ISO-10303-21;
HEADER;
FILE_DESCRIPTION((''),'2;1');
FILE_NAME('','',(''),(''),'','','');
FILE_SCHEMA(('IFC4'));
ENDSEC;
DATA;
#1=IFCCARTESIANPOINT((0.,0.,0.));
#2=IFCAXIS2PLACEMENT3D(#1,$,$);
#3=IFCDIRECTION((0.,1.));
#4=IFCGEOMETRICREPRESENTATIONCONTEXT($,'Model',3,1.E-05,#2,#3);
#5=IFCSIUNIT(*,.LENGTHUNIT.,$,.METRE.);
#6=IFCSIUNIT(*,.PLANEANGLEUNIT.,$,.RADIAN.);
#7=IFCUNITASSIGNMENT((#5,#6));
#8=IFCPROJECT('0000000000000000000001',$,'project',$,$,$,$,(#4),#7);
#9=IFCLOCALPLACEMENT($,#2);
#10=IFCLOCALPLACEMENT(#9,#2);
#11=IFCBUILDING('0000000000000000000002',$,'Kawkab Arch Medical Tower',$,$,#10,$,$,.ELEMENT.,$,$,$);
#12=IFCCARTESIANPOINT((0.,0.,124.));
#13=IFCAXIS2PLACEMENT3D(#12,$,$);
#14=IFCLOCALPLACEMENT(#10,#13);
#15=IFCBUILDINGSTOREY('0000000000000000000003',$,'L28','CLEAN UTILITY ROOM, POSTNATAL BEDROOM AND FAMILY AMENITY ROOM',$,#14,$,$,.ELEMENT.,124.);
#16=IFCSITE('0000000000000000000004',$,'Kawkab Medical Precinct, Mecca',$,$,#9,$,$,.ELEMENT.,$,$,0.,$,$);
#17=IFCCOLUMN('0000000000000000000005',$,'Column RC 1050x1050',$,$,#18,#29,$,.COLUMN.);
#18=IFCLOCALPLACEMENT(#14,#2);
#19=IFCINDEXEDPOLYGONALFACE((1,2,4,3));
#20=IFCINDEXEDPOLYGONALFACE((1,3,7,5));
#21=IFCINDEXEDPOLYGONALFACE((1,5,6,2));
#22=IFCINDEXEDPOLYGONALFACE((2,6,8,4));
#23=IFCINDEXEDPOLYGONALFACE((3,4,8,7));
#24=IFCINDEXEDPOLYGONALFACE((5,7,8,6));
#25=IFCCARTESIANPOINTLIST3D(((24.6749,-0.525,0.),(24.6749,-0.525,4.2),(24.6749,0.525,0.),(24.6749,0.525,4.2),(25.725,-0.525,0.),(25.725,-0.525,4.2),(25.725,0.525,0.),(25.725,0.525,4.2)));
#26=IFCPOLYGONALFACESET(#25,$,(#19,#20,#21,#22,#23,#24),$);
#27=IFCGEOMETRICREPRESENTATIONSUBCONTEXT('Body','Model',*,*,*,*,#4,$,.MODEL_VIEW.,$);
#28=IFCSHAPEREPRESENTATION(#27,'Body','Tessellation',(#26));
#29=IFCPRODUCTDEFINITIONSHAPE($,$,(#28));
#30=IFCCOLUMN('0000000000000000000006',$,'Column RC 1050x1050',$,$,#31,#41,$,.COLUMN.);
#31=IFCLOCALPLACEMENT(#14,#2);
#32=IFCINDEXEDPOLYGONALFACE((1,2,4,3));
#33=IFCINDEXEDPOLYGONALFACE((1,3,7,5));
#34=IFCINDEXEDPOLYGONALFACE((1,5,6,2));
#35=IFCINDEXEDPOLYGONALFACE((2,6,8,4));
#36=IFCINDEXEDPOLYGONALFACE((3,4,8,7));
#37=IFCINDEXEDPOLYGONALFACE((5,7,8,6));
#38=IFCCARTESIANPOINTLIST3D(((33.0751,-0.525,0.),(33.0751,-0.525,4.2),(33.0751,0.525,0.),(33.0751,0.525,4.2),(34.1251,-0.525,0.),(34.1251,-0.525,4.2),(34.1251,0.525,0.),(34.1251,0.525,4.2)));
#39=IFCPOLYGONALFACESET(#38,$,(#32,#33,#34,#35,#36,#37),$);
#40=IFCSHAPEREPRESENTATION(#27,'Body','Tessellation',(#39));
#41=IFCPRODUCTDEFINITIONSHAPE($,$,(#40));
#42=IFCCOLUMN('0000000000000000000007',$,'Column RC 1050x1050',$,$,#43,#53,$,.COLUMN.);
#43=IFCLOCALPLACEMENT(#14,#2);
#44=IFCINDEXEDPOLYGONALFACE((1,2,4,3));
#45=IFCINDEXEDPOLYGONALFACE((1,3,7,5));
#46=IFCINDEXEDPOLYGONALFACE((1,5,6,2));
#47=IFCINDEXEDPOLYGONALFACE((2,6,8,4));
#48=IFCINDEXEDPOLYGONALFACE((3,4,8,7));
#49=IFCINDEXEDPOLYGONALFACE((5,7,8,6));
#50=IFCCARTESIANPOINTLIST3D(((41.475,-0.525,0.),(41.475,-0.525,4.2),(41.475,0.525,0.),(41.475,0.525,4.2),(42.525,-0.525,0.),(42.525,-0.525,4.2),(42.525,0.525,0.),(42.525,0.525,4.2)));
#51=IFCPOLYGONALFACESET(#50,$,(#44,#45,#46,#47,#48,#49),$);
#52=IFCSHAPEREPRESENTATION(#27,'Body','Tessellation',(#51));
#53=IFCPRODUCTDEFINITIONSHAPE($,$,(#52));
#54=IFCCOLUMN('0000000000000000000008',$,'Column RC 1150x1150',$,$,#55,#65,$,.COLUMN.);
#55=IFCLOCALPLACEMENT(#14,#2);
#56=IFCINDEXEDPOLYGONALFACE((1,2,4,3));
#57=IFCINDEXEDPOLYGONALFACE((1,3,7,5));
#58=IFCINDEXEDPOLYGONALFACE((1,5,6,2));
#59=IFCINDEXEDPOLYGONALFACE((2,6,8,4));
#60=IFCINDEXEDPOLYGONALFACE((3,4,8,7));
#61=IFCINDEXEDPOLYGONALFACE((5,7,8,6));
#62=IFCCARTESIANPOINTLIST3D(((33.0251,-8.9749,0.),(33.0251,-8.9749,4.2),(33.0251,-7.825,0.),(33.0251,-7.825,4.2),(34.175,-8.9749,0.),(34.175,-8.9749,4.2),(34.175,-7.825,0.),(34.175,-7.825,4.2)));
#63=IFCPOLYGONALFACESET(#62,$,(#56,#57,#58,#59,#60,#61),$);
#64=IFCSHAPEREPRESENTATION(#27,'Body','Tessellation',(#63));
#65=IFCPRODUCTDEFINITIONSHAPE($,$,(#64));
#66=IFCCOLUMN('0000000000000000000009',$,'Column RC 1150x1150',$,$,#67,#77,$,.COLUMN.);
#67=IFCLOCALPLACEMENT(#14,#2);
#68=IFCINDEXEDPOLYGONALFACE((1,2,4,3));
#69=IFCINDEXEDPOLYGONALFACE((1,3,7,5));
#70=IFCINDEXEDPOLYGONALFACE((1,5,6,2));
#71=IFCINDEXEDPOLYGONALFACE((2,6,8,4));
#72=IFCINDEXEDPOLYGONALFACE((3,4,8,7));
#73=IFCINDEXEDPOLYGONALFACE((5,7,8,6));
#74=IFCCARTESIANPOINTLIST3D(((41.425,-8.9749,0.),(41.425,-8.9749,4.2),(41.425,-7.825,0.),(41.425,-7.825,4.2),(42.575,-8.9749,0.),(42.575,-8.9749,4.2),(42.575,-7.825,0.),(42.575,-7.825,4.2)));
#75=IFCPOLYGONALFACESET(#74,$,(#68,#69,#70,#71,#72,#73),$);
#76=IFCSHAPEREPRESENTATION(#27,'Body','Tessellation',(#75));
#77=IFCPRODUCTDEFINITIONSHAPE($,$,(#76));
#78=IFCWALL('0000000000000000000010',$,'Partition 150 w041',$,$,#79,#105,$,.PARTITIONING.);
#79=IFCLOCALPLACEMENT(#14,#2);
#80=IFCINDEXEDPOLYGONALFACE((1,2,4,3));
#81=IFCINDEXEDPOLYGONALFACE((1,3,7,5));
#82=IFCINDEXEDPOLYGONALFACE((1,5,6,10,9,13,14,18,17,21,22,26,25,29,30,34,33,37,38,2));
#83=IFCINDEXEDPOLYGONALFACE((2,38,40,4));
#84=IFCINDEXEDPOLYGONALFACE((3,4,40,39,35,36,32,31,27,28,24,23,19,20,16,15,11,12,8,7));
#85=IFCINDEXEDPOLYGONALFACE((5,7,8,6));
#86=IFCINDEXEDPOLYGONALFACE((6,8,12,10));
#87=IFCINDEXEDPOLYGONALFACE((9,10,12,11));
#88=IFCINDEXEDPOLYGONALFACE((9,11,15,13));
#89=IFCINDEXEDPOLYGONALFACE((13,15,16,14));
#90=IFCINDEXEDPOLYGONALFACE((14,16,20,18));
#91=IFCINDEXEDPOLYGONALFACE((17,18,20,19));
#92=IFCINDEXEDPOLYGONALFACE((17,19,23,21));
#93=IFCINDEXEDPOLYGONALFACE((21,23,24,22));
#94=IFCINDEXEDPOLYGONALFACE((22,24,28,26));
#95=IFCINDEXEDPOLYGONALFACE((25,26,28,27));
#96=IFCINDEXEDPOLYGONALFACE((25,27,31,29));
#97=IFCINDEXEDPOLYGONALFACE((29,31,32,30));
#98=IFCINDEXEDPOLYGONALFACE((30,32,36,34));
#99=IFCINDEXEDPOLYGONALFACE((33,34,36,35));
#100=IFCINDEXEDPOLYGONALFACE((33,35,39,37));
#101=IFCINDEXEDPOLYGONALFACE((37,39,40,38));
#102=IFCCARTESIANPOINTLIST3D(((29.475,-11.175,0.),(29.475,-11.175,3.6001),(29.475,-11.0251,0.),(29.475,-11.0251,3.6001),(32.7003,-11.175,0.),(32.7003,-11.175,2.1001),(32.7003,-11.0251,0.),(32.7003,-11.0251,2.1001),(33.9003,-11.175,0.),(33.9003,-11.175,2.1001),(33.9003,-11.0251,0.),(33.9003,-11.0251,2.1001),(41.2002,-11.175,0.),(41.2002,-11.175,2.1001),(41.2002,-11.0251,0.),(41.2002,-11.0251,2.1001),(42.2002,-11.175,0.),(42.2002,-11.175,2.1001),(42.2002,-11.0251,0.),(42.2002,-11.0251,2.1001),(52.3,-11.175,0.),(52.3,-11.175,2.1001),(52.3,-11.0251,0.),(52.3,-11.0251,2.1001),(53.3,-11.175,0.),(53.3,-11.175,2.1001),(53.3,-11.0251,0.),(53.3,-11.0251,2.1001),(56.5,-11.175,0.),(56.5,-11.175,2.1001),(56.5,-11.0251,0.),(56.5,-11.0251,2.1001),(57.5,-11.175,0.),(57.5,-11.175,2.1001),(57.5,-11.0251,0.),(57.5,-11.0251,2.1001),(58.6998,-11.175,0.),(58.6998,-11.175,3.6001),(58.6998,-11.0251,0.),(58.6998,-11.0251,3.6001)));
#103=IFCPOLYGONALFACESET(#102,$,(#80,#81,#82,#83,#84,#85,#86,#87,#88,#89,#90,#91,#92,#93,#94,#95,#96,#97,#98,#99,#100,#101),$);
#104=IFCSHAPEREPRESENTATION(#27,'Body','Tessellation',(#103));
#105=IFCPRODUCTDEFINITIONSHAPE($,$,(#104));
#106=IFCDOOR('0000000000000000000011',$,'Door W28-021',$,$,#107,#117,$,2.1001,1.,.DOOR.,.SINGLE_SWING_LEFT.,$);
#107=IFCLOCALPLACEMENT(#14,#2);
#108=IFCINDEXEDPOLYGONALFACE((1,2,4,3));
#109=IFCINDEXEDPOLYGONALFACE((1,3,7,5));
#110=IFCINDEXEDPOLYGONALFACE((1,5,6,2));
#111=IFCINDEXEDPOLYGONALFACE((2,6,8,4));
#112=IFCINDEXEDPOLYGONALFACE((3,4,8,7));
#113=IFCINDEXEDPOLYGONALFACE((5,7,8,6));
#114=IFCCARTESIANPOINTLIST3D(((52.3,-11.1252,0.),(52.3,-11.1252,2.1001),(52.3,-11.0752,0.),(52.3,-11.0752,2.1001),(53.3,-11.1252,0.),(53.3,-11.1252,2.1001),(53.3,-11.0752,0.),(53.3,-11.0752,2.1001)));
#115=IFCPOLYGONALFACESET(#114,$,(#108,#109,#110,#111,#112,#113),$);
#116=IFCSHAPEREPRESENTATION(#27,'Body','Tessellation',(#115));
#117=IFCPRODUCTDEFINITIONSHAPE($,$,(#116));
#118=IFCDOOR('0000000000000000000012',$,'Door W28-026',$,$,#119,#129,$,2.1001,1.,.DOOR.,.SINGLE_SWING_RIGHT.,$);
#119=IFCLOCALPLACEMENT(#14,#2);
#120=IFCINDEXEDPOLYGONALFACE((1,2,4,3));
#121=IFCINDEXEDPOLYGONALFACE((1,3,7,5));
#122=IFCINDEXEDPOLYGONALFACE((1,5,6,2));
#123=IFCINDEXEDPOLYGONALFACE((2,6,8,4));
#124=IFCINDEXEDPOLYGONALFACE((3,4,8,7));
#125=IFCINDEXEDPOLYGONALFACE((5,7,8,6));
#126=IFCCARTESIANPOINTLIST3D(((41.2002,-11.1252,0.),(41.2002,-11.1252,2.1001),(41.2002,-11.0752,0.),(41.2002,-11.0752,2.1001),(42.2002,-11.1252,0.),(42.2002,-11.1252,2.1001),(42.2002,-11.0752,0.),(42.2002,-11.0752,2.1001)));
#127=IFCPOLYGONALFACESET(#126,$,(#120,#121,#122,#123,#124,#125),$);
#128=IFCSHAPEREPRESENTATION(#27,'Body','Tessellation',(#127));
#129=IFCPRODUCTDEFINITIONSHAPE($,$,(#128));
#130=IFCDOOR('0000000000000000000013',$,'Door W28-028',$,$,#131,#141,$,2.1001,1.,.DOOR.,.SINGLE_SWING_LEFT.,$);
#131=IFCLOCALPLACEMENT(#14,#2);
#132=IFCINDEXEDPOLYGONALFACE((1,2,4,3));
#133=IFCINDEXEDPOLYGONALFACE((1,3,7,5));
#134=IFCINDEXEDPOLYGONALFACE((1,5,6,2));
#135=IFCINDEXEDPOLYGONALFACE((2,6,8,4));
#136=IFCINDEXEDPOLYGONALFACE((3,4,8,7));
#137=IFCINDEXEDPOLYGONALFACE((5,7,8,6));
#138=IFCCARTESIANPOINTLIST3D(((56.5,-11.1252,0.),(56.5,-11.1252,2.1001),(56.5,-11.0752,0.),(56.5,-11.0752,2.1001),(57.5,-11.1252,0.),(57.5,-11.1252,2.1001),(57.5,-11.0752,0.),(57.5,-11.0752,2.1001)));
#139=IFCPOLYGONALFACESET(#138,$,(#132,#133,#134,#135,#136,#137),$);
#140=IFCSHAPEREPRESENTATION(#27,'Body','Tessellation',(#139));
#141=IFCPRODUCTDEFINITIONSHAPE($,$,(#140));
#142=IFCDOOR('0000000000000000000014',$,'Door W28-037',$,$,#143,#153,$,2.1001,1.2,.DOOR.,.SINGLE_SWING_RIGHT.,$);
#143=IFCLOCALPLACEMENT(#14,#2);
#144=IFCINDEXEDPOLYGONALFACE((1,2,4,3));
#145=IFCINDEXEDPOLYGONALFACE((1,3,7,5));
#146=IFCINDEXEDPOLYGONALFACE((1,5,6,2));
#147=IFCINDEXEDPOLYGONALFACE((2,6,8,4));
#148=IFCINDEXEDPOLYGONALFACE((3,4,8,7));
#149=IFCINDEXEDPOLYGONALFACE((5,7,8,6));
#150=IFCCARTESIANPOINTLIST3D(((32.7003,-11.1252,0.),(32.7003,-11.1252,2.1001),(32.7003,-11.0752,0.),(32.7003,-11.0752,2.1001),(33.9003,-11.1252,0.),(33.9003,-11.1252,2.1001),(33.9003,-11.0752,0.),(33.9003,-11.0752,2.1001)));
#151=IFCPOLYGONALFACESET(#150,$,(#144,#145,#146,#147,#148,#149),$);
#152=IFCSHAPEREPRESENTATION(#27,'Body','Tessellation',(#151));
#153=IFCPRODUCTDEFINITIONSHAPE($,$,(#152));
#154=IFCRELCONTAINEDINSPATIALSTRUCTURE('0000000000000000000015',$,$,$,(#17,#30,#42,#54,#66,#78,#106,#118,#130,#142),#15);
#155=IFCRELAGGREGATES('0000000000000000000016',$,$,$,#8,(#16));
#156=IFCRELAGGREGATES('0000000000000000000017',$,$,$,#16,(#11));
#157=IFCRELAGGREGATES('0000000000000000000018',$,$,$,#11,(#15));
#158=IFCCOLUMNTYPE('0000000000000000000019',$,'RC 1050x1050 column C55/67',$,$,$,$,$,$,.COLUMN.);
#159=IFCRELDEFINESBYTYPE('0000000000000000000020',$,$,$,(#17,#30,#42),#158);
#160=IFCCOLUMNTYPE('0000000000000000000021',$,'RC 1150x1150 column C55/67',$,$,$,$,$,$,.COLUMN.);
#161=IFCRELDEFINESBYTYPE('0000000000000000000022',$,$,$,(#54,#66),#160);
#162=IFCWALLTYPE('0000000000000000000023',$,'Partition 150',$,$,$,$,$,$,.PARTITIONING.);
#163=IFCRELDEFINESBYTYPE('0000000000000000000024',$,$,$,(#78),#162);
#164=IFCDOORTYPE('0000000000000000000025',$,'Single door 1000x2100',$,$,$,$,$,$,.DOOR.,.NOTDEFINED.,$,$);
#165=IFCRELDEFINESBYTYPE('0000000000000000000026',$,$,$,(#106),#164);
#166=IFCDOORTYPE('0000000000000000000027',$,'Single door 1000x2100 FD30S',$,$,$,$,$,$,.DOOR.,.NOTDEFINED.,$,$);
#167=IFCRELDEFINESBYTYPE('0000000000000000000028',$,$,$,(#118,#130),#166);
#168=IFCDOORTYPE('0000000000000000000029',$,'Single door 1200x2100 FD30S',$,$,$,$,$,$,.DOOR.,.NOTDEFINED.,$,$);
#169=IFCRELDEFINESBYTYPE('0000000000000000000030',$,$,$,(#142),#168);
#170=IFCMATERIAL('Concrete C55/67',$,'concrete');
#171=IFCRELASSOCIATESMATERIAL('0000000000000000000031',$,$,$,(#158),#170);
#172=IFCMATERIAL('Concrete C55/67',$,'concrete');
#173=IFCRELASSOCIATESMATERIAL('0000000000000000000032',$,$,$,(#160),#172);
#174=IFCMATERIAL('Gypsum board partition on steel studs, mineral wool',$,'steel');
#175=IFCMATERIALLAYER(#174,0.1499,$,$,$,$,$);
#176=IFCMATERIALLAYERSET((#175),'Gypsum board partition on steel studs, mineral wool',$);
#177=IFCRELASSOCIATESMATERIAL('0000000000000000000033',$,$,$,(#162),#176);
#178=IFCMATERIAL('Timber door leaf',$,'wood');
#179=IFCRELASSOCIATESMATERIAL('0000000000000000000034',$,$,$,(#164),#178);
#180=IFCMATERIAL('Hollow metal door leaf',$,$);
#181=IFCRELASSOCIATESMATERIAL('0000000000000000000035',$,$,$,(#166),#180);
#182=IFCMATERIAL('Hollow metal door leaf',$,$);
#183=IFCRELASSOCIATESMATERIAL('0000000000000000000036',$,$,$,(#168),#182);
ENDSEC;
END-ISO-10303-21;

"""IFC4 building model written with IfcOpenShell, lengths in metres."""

from ifc_helpers import new_model, si_unit, direction, frame, frame_2d, origin, origin_2d, place, context, subcontext, project, spatial, rectangle, extrude, material, layer, layer_set, material_profile, profile_set, type_object, element, fill, save


model = new_model("IFC4")

# Units and contexts
model_context = context("Model", 3, precision=1e-05, world=origin(), true_north=direction((0.0, 1.0)))
body_context = subcontext(model_context, "Body", "Model", "MODEL_VIEW")
ifc_project = project(units=[si_unit("LENGTHUNIT", "METRE"), si_unit("PLANEANGLEUNIT", "RADIAN")], contexts=[model_context])

# Site, building, storey
site_placement = place(None, origin())
site = spatial("IfcSite", under=ifc_project, at=site_placement, Name="Kawkab Medical Precinct, Mecca", CompositionType="ELEMENT", RefElevation=0.0)
building_placement = place(site_placement, origin())
building = spatial("IfcBuilding", under=site, at=building_placement, Name="Kawkab Arch Medical Tower", CompositionType="ELEMENT")
storey_placement = place(building_placement, frame((0.0, 0.0, 124.0)))
storey = spatial("IfcBuildingStorey", under=building, at=storey_placement, Name="L28", Description="CLEAN UTILITY ROOM, POSTNATAL BEDROOM AND FAMILY AMENITY ROOM", CompositionType="ELEMENT", Elevation=124.0)

# Columns
ifc_material_1 = material(Name="Concrete C55/67", Category="concrete")
ifc_material_profile_1 = material_profile(ifc_material_1, rectangle(XDim=1.05, YDim=1.05, at=origin_2d()), Name="RC 1050x1050")
ifc_profile_set_1 = profile_set([ifc_material_profile_1], Name="Concrete C55/67")
column_type_1 = type_object("IfcColumnType", Name="RC 1050x1050 column C55/67", PredefinedType="COLUMN", material=ifc_profile_set_1)
for number, where, z_axis, x_axis, name in (
    (1, (25.2, 0.0, 0.0), (0.0, 0.0, 1.0), (1.0, 0.0, 0.0), "Column RC 1050x1050"),
    (2, (33.6001, 0.0, 0.0), (0.0, 0.0, 1.0), (1.0, 0.0, 0.0), "Column RC 1050x1050"),
    (3, (42.0, 0.0, 0.0), (0.0, 0.0, 1.0), (1.0, 0.0, 0.0), "Column RC 1050x1050"),
):
    element("IfcColumn", number, at=place(storey_placement, frame(where, z_axis=z_axis, x_axis=x_axis)), inside=storey, type_object=column_type_1, Name=name, PredefinedType="COLUMN", context=body_context, shape_type="SweptSolid", body=[
        extrude(rectangle(XDim=1.05, YDim=1.05, at=origin_2d()), origin(), (0.0, 0.0, 1.0), 4.2),
    ])
ifc_material_2 = material(Name="Concrete C55/67", Category="concrete")
ifc_material_profile_2 = material_profile(ifc_material_2, rectangle(XDim=1.1499, YDim=1.1499, at=origin_2d()), Name="RC 1150x1150")
ifc_profile_set_2 = profile_set([ifc_material_profile_2], Name="Concrete C55/67")
column_type_2 = type_object("IfcColumnType", Name="RC 1150x1150 column C55/67", PredefinedType="COLUMN", material=ifc_profile_set_2)
for number, where, z_axis, x_axis, name in (
    (4, (33.6001, -8.3999, 0.0), (0.0, 0.0, 1.0), (1.0, 0.0, 0.0), "Column RC 1150x1150"),
    (5, (42.0, -8.3999, 0.0), (0.0, 0.0, 1.0), (1.0, 0.0, 0.0), "Column RC 1150x1150"),
):
    element("IfcColumn", number, at=place(storey_placement, frame(where, z_axis=z_axis, x_axis=x_axis)), inside=storey, type_object=column_type_2, Name=name, PredefinedType="COLUMN", context=body_context, shape_type="SweptSolid", body=[
        extrude(rectangle(XDim=1.1499, YDim=1.1499, at=origin_2d()), origin(), (0.0, 0.0, 1.0), 4.2),
    ])

# Wall, openings, doors
ifc_material_3 = material(Name="Gypsum board partition on steel studs, mineral wool", Category="steel")
ifc_layer = layer(ifc_material_3, 0.1499)
ifc_layer_set = layer_set([ifc_layer], Name="Gypsum board partition on steel studs, mineral wool")
wall_type = type_object("IfcWallType", Name="Partition 150", PredefinedType="PARTITIONING", material=ifc_layer_set)
wall_1_placement = place(storey_placement, frame((29.4751, -11.1001, 0.0), z_axis=(0.0, 0.0, 1.0), x_axis=(1.0, 0.0, 0.0)))
wall_1 = element("IfcWall", 6, at=wall_1_placement, inside=storey, type_object=wall_type, Name="Partition 150 w041", PredefinedType="PARTITIONING", context=body_context, shape_type="SweptSolid", body=[
    extrude(rectangle(XDim=29.2249, YDim=0.1499, at=frame_2d((14.6123, 0.0))), origin(), (0.0, 0.0, 1.0), 3.6001),
])
opening_1_placement = place(wall_1_placement, frame((3.2251, 0.0, 0.0)))
opening_1 = element("IfcOpeningElement", 7, at=opening_1_placement, cuts=wall_1, PredefinedType="OPENING", context=body_context, shape_type="SweptSolid", body=[
    extrude(rectangle(XDim=1.2, YDim=2.1001, at=frame_2d((0.6001, 1.05))), frame((0.0, 0.085, 0.0), z_axis=(0.0, -1.0, 0.0), x_axis=(1.0, 0.0, 0.0)), (0.0, 0.0, 1.0), 0.1699),
])
opening_2_placement = place(wall_1_placement, frame((11.7251, 0.0, 0.0)))
opening_2 = element("IfcOpeningElement", 8, at=opening_2_placement, cuts=wall_1, PredefinedType="OPENING", context=body_context, shape_type="SweptSolid", body=[
    extrude(rectangle(XDim=1.0, YDim=2.1001, at=frame_2d((0.5, 1.05))), frame((0.0, 0.085, 0.0), z_axis=(0.0, -1.0, 0.0), x_axis=(1.0, 0.0, 0.0)), (0.0, 0.0, 1.0), 0.1699),
])
opening_3_placement = place(wall_1_placement, frame((22.825, 0.0, 0.0)))
opening_3 = element("IfcOpeningElement", 9, at=opening_3_placement, cuts=wall_1, PredefinedType="OPENING", context=body_context, shape_type="SweptSolid", body=[
    extrude(rectangle(XDim=1.0, YDim=2.1001, at=frame_2d((0.5, 1.05))), frame((0.0, 0.085, 0.0), z_axis=(0.0, -1.0, 0.0), x_axis=(1.0, 0.0, 0.0)), (0.0, 0.0, 1.0), 0.1699),
])
opening_4_placement = place(wall_1_placement, frame((27.0249, 0.0, 0.0)))
opening_4 = element("IfcOpeningElement", 10, at=opening_4_placement, cuts=wall_1, PredefinedType="OPENING", context=body_context, shape_type="SweptSolid", body=[
    extrude(rectangle(XDim=1.0, YDim=2.1001, at=frame_2d((0.5, 1.05))), frame((0.0, 0.085, 0.0), z_axis=(0.0, -1.0, 0.0), x_axis=(1.0, 0.0, 0.0)), (0.0, 0.0, 1.0), 0.1699),
])
ifc_material_4 = material(Name="Timber door leaf", Category="wood")
door_type_1 = type_object("IfcDoorType", Name="Single door 1000x2100", OperationType="NOTDEFINED", PredefinedType="DOOR", material=ifc_material_4)
door_1_placement = place(opening_3_placement, origin())
door_1 = element("IfcDoor", 11, at=door_1_placement, inside=storey, type_object=door_type_1, Name="Door W28-021", OperationType="SINGLE_SWING_LEFT", OverallHeight=2.1001, OverallWidth=1.0, PredefinedType="DOOR", context=body_context, shape_type="SweptSolid", body=[
    extrude(rectangle(XDim=1.0, YDim=2.1001, at=frame_2d((0.5, 1.05))), frame((0.0, 0.0249, 0.0), z_axis=(0.0, -1.0, 0.0), x_axis=(1.0, 0.0, 0.0)), (0.0, 0.0, 1.0), 0.05),
])
fill(opening_3, door_1)
ifc_material_5 = material(Name="Hollow metal door leaf")
door_type_2 = type_object("IfcDoorType", Name="Single door 1000x2100 FD30S", OperationType="NOTDEFINED", PredefinedType="DOOR", material=ifc_material_5)
door_2_placement = place(opening_2_placement, origin())
door_2 = element("IfcDoor", 12, at=door_2_placement, inside=storey, type_object=door_type_2, Name="Door W28-026", OperationType="SINGLE_SWING_RIGHT", OverallHeight=2.1001, OverallWidth=1.0, PredefinedType="DOOR", context=body_context, shape_type="SweptSolid", body=[
    extrude(rectangle(XDim=1.0, YDim=2.1001, at=frame_2d((0.5, 1.05))), frame((0.0, 0.0249, 0.0), z_axis=(0.0, -1.0, 0.0), x_axis=(1.0, 0.0, 0.0)), (0.0, 0.0, 1.0), 0.05),
])
fill(opening_2, door_2)
door_3_placement = place(opening_4_placement, origin())
door_3 = element("IfcDoor", 13, at=door_3_placement, inside=storey, type_object=door_type_2, Name="Door W28-028", OperationType="SINGLE_SWING_LEFT", OverallHeight=2.1001, OverallWidth=1.0, PredefinedType="DOOR", context=body_context, shape_type="SweptSolid", body=[
    extrude(rectangle(XDim=1.0, YDim=2.1001, at=frame_2d((0.5, 1.05))), frame((0.0, 0.0249, 0.0), z_axis=(0.0, -1.0, 0.0), x_axis=(1.0, 0.0, 0.0)), (0.0, 0.0, 1.0), 0.05),
])
fill(opening_4, door_3)
ifc_material_6 = material(Name="Hollow metal door leaf")
door_type_3 = type_object("IfcDoorType", Name="Single door 1200x2100 FD30S", OperationType="NOTDEFINED", PredefinedType="DOOR", material=ifc_material_6)
door_4_placement = place(opening_1_placement, origin())
door_4 = element("IfcDoor", 14, at=door_4_placement, inside=storey, type_object=door_type_3, Name="Door W28-037", OperationType="SINGLE_SWING_RIGHT", OverallHeight=2.1001, OverallWidth=1.2, PredefinedType="DOOR", context=body_context, shape_type="SweptSolid", body=[
    extrude(rectangle(XDim=1.2, YDim=2.1001, at=frame_2d((0.6001, 1.05))), frame((0.0, 0.0249, 0.0), z_axis=(0.0, -1.0, 0.0), x_axis=(1.0, 0.0, 0.0)), (0.0, 0.0, 1.0), 0.05),
])
fill(opening_1, door_4)

save(model, "model.ifc")
